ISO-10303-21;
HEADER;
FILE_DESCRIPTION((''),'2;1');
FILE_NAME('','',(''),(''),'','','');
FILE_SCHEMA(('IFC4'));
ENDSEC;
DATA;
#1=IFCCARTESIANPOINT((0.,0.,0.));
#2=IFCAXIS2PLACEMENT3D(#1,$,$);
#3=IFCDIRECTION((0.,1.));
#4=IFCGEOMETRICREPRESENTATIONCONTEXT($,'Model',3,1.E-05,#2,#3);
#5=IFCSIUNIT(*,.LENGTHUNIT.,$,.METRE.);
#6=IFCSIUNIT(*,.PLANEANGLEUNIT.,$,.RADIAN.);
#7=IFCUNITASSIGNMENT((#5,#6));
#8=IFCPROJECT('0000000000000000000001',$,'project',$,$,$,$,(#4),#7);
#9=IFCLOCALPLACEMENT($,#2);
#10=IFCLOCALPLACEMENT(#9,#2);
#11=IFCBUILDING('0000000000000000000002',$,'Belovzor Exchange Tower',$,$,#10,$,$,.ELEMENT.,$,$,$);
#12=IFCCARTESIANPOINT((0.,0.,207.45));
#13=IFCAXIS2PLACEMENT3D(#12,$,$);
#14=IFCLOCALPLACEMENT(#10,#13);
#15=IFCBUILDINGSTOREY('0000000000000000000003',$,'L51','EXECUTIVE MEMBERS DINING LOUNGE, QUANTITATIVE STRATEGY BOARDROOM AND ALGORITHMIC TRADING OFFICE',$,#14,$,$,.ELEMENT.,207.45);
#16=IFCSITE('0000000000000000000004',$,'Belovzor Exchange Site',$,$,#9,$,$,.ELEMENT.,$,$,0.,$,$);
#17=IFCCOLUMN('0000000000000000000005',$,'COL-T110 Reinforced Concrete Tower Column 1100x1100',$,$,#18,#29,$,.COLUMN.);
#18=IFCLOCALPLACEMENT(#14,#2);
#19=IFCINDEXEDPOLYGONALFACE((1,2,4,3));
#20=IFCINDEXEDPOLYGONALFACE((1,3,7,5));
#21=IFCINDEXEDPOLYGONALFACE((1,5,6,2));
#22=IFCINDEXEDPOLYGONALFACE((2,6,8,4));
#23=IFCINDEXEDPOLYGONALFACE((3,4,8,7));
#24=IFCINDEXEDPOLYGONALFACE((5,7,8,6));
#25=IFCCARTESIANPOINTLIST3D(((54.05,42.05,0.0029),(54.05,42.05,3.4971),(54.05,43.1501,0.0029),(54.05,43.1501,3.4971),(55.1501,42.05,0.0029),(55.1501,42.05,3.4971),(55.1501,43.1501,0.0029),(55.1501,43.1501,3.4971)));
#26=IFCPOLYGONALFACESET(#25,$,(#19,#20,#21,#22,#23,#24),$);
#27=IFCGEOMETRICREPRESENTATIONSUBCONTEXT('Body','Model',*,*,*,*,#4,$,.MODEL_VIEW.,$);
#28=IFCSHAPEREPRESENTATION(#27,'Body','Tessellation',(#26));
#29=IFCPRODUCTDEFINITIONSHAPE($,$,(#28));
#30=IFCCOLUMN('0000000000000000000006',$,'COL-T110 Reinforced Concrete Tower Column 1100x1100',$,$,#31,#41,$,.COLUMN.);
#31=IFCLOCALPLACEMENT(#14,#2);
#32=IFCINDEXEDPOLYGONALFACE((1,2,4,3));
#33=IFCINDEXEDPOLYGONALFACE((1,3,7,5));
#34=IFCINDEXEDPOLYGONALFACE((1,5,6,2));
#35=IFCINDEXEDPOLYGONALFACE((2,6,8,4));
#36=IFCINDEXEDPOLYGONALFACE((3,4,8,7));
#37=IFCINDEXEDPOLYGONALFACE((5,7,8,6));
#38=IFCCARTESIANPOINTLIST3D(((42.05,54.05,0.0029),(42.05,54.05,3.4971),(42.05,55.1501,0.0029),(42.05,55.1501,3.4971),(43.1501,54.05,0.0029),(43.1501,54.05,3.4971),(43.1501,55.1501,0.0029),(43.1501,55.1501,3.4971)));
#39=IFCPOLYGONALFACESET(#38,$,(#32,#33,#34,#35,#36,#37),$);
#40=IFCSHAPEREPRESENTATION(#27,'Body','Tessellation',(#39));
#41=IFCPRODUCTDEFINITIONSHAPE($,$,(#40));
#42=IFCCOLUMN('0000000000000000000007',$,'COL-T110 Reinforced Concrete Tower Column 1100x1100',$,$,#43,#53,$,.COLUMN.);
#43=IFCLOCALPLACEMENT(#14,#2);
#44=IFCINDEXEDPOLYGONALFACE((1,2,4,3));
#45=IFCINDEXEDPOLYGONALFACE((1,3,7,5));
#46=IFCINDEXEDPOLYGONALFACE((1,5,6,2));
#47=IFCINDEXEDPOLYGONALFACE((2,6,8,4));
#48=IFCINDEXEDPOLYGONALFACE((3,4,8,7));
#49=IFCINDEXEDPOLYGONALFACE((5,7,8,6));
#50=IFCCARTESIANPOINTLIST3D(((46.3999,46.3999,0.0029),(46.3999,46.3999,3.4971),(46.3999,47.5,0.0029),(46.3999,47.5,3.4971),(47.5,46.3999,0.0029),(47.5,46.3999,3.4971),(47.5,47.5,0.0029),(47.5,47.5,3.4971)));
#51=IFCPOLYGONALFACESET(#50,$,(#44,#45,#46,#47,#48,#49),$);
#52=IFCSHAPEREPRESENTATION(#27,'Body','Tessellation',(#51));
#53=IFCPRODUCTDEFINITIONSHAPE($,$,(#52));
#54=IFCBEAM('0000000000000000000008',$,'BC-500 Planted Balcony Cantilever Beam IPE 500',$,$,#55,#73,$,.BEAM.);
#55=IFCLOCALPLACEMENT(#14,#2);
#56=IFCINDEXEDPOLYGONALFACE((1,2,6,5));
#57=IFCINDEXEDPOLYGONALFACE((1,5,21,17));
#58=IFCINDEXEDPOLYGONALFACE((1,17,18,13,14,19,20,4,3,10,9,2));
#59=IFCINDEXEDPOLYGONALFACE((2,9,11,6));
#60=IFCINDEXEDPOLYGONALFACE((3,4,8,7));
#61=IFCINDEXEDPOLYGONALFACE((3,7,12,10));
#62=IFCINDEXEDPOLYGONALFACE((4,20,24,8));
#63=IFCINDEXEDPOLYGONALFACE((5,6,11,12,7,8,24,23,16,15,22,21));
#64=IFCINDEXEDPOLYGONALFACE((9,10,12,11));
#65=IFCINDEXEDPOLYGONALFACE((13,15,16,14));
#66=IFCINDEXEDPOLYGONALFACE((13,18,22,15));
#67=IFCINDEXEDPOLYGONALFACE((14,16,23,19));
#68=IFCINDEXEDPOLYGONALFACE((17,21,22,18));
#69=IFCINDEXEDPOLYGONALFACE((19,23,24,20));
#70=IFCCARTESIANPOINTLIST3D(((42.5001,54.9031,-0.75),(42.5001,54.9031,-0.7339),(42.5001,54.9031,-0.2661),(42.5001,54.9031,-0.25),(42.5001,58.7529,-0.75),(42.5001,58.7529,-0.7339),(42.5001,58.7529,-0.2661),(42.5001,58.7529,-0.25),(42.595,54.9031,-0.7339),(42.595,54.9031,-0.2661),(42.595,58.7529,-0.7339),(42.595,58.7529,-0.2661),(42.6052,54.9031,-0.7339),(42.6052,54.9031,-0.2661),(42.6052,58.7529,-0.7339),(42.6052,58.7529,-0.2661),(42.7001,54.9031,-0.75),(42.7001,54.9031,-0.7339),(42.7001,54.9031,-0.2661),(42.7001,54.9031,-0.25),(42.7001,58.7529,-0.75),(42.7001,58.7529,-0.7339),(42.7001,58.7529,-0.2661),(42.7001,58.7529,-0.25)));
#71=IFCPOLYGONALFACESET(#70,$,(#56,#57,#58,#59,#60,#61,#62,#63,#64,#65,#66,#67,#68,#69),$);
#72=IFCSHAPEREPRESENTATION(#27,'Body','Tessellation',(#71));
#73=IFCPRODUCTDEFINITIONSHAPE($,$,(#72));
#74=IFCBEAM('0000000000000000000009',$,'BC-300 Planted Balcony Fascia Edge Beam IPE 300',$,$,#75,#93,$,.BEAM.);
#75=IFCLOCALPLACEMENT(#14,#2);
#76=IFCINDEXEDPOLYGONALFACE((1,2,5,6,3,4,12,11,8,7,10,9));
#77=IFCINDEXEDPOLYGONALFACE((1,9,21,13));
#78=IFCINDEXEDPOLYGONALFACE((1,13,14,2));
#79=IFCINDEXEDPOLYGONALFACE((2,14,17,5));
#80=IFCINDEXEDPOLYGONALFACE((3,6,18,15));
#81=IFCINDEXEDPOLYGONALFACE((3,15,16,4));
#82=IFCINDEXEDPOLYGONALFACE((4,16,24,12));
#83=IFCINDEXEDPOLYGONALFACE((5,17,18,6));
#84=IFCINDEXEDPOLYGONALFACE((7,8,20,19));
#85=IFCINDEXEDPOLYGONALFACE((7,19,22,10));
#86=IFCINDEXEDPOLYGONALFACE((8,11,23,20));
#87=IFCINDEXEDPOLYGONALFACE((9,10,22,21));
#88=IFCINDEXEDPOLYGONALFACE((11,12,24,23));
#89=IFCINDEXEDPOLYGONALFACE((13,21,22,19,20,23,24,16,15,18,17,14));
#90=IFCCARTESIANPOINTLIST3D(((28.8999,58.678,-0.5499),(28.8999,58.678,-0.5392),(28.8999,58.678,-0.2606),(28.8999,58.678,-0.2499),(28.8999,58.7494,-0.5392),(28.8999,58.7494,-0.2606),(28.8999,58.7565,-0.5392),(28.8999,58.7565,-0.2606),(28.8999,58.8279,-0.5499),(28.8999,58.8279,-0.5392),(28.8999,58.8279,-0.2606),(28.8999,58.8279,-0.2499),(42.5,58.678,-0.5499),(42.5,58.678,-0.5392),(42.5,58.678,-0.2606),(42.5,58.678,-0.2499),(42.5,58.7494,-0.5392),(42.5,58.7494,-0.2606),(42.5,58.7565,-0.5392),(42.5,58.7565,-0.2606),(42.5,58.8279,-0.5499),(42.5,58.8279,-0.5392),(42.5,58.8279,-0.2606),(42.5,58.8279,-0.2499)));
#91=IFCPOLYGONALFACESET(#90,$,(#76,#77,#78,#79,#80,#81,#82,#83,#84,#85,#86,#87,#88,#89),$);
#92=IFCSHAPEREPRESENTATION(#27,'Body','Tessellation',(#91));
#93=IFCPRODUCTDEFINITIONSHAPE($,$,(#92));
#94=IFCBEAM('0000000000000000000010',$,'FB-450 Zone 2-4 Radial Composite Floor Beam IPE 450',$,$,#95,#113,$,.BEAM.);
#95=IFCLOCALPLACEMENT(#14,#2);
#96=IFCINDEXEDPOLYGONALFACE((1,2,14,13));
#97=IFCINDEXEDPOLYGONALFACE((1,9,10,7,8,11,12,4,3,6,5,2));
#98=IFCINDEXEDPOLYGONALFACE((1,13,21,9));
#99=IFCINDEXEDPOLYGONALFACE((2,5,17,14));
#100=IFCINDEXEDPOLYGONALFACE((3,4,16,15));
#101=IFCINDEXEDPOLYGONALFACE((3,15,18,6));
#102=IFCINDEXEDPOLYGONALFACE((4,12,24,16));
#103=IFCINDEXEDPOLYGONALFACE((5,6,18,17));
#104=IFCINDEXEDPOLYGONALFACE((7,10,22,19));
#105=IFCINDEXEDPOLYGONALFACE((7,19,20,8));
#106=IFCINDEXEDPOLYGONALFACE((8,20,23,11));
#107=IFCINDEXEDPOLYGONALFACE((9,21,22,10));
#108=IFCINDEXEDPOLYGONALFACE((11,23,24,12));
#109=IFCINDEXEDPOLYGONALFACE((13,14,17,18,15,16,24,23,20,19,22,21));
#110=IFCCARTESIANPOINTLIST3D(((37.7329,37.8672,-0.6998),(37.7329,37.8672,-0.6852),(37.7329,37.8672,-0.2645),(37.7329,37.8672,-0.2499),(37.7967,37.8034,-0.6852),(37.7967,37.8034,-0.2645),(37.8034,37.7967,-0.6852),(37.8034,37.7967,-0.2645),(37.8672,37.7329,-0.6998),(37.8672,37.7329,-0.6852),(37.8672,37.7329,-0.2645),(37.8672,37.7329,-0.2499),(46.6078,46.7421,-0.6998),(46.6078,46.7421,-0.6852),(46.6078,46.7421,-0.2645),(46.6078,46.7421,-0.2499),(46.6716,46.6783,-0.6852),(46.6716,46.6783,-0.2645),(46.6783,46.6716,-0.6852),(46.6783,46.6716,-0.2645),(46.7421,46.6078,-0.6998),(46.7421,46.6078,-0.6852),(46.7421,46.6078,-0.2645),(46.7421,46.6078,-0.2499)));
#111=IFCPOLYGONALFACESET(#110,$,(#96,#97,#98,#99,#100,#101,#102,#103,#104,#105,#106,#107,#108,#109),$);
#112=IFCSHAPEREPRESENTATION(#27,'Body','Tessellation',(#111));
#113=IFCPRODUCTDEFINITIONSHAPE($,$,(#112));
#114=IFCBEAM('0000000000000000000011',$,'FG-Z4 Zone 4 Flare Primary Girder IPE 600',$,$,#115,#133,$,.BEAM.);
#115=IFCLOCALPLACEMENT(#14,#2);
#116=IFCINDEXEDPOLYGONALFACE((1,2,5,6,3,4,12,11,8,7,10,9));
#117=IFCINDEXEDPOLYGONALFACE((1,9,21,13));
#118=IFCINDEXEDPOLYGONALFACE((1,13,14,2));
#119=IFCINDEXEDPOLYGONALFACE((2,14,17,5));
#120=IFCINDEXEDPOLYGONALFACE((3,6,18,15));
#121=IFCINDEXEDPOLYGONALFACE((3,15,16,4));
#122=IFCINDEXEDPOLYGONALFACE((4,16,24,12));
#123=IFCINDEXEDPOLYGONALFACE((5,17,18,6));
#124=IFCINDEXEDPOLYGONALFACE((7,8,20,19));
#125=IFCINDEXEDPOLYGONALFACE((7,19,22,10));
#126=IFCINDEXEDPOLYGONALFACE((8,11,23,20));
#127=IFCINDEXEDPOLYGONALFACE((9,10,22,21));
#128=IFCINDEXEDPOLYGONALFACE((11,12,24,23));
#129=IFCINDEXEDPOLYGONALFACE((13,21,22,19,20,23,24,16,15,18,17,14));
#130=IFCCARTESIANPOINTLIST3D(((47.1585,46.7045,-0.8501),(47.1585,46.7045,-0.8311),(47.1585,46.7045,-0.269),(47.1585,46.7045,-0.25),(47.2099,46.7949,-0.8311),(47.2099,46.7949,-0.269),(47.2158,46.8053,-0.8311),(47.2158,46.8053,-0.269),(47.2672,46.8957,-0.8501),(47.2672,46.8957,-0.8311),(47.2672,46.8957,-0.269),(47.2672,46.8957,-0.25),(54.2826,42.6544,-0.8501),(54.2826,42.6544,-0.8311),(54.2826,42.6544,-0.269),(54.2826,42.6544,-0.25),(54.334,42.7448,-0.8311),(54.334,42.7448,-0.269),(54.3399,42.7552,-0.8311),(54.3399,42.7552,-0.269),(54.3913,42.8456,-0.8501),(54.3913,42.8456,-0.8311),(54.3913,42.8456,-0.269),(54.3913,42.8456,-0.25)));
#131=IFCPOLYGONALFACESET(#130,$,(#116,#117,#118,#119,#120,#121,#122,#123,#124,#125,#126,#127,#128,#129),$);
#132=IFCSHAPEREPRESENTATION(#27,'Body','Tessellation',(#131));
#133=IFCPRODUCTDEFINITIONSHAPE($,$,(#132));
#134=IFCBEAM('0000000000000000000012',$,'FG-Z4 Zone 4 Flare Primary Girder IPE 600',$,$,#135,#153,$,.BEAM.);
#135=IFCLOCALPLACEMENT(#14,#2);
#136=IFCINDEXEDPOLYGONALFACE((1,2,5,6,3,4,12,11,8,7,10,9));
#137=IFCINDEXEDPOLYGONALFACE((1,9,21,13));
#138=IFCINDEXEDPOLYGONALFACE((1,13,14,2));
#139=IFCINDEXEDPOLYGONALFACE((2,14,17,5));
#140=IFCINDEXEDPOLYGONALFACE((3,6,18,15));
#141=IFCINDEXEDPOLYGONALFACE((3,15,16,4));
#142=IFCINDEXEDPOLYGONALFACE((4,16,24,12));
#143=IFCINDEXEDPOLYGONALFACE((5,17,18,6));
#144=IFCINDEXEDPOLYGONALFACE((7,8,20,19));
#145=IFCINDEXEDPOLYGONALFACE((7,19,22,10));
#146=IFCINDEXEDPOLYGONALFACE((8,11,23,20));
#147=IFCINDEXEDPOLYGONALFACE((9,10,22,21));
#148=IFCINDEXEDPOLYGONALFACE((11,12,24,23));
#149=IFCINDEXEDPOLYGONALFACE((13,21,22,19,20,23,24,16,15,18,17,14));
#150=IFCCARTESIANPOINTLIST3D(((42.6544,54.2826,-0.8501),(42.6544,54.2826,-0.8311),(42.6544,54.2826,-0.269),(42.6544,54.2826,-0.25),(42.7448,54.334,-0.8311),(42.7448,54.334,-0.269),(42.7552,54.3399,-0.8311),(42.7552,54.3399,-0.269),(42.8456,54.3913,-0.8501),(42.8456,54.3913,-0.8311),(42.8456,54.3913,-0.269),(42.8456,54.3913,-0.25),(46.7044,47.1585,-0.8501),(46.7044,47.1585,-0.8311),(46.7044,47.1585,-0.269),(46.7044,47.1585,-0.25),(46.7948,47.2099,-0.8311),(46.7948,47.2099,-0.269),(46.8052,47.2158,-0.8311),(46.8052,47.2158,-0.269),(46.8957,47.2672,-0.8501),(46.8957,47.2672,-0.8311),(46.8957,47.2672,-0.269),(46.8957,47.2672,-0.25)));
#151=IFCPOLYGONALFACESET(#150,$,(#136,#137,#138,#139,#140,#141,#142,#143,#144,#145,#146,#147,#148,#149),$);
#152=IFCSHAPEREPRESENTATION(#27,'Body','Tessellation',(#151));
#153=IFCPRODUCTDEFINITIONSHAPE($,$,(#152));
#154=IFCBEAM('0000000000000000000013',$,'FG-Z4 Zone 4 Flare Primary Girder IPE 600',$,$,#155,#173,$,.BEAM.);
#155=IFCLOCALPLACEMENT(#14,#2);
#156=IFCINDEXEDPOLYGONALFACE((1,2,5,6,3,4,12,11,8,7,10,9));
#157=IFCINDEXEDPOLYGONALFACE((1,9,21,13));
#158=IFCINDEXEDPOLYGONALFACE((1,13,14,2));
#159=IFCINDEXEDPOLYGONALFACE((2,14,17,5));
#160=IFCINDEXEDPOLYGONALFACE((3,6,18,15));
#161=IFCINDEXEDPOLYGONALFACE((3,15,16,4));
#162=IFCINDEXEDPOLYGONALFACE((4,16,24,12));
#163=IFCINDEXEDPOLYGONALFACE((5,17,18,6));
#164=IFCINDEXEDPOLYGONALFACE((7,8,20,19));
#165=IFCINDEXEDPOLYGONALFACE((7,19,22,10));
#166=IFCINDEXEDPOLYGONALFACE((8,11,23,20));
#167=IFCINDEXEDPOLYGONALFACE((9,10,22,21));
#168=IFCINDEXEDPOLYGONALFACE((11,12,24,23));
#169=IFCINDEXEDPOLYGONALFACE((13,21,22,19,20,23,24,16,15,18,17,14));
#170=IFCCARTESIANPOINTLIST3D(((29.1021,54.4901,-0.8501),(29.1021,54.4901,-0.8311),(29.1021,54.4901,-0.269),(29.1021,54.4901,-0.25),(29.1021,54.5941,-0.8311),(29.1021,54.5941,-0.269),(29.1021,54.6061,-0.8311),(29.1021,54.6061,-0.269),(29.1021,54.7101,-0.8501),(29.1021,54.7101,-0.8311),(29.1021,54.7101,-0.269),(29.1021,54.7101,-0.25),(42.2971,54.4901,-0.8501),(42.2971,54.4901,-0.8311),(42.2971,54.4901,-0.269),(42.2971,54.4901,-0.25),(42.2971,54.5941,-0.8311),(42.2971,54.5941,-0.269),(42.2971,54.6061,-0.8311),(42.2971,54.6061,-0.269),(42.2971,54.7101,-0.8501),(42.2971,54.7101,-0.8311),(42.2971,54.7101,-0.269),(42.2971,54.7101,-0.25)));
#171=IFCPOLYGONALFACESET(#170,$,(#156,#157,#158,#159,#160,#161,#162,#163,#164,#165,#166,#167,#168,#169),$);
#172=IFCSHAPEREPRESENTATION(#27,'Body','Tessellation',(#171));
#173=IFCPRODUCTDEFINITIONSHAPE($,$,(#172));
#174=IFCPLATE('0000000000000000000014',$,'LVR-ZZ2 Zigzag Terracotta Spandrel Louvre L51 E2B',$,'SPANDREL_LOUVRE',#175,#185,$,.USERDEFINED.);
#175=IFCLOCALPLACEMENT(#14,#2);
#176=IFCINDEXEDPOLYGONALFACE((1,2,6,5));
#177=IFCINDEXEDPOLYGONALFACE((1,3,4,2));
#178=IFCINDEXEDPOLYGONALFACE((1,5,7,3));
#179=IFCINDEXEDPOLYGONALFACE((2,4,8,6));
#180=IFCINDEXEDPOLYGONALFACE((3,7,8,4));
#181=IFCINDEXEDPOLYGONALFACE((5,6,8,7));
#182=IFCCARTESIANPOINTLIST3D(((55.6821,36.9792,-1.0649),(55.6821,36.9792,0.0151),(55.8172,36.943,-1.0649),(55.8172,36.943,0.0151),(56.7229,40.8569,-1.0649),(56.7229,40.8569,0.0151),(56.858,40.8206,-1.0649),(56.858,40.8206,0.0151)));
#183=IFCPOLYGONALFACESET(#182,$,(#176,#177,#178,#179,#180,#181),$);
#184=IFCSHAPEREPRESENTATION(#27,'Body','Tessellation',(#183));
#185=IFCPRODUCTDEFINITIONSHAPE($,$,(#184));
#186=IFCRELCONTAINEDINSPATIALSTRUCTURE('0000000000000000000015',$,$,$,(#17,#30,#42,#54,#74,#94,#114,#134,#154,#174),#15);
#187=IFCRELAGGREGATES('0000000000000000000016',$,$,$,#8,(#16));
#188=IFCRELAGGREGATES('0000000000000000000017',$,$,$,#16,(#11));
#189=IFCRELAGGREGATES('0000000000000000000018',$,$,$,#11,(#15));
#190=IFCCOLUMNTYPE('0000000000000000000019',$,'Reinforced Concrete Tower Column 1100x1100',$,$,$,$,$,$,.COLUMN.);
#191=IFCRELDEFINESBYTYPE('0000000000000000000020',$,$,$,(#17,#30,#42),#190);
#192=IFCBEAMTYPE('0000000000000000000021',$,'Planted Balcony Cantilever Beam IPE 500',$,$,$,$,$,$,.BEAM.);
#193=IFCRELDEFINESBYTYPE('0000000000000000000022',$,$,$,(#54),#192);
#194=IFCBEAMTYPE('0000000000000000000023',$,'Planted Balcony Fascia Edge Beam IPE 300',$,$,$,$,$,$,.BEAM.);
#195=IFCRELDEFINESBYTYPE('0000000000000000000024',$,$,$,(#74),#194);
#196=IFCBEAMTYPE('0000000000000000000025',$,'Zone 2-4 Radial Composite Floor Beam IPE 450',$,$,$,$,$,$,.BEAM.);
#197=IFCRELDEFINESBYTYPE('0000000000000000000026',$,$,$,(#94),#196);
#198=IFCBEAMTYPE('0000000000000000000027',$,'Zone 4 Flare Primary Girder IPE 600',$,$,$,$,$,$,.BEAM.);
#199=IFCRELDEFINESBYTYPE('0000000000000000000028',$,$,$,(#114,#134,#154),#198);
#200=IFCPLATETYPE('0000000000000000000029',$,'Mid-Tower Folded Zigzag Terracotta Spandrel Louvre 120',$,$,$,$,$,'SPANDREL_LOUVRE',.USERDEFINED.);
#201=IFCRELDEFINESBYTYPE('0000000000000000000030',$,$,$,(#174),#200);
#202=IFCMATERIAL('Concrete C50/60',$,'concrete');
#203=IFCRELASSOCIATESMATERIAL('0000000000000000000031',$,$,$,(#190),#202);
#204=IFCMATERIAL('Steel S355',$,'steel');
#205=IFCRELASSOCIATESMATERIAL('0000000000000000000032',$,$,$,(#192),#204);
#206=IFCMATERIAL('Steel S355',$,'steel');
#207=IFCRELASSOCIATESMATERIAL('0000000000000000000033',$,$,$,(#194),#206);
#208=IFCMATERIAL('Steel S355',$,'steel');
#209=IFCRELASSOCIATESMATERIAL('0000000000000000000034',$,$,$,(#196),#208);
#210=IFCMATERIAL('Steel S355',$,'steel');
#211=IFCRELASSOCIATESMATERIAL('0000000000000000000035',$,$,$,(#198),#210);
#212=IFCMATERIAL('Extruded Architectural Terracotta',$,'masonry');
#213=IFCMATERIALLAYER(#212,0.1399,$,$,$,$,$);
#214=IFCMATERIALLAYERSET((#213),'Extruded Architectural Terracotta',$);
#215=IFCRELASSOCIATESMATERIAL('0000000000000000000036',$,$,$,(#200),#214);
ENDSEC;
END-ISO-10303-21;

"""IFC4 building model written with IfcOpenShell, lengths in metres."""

from ifc_helpers import new_model, si_unit, direction, frame, origin, origin_2d, place, context, subcontext, project, spatial, rectangle, i_section, extrude, material, layer, layer_set, material_profile, profile_set, type_object, element, save


model = new_model("IFC4")

# Units and contexts
model_context = context("Model", 3, precision=1e-05, world=origin(), true_north=direction((0.0, 1.0)))
body_context = subcontext(model_context, "Body", "Model", "MODEL_VIEW")
ifc_project = project(units=[si_unit("LENGTHUNIT", "METRE"), si_unit("PLANEANGLEUNIT", "RADIAN")], contexts=[model_context])

# Site, building, storey
site_placement = place(None, origin())
site = spatial("IfcSite", under=ifc_project, at=site_placement, Name="Belovzor Exchange Site", CompositionType="ELEMENT", RefElevation=0.0)
building_placement = place(site_placement, origin())
building = spatial("IfcBuilding", under=site, at=building_placement, Name="Belovzor Exchange Tower", CompositionType="ELEMENT")
storey_placement = place(building_placement, frame((0.0, 0.0, 207.45)))
storey = spatial("IfcBuildingStorey", under=building, at=storey_placement, Name="L51", Description="EXECUTIVE MEMBERS DINING LOUNGE, QUANTITATIVE STRATEGY BOARDROOM AND ALGORITHMIC TRADING OFFICE", CompositionType="ELEMENT", Elevation=207.45)

# Columns
ifc_material_1 = material(Name="Concrete C50/60", Category="concrete")
ifc_material_profile_1 = material_profile(ifc_material_1, rectangle(XDim=1.1001, YDim=1.1001, at=origin_2d()))
ifc_profile_set_1 = profile_set([ifc_material_profile_1], Name="Concrete C50/60")
column_type = type_object("IfcColumnType", Name="Reinforced Concrete Tower Column 1100x1100", PredefinedType="COLUMN", material=ifc_profile_set_1)
for number, where, z_axis, x_axis, name in (
    (1, (54.6001, 42.6001, 0.0029), (0.0, 0.0, 1.0), (1.0, 0.0, 0.0), "COL-T110 Reinforced Concrete Tower Column 1100x1100"),
    (2, (42.6001, 54.6001, 0.0029), (0.0, 0.0, 1.0), (1.0, 0.0, 0.0), "COL-T110 Reinforced Concrete Tower Column 1100x1100"),
    (3, (46.95, 46.95, 0.0029), (0.0, 0.0, 1.0), (1.0, 0.0, 0.0), "COL-T110 Reinforced Concrete Tower Column 1100x1100"),
):
    element("IfcColumn", number, at=place(storey_placement, frame(where, z_axis=z_axis, x_axis=x_axis)), inside=storey, type_object=column_type, Name=name, PredefinedType="COLUMN", context=body_context, shape_type="SweptSolid", body=[
        extrude(rectangle(XDim=1.1001, YDim=1.1001, at=origin_2d()), origin(), (0.0, 0.0, 1.0), 3.4941),
    ])

# Beams
ifc_material_2 = material(Name="Steel S355", Category="steel")
ifc_material_profile_2 = material_profile(ifc_material_2, i_section(OverallWidth=0.2, OverallDepth=0.5, WebThickness=0.0103, FlangeThickness=0.0161, at=origin_2d()))
ifc_profile_set_2 = profile_set([ifc_material_profile_2], Name="Steel S355")
beam_type_1 = type_object("IfcBeamType", Name="Planted Balcony Cantilever Beam IPE 500", PredefinedType="BEAM", material=ifc_profile_set_2)
beam_1_placement = place(storey_placement, frame((42.6001, 54.9031, -0.5), z_axis=(0.0, 1.0, 0.0), x_axis=(-1.0, 0.0, 0.0)))
element("IfcBeam", 4, at=beam_1_placement, inside=storey, type_object=beam_type_1, Name="BC-500 Planted Balcony Cantilever Beam IPE 500", PredefinedType="BEAM", context=body_context, shape_type="SweptSolid", body=[
    extrude(i_section(OverallWidth=0.2, OverallDepth=0.5, WebThickness=0.0103, FlangeThickness=0.0161, at=origin_2d()), origin(), (0.0, 0.0, 1.0), 3.8499),
])
ifc_material_3 = material(Name="Steel S355", Category="steel")
ifc_material_profile_3 = material_profile(ifc_material_3, i_section(OverallWidth=0.1499, OverallDepth=0.3, WebThickness=0.0071, FlangeThickness=0.0107, at=origin_2d()))
ifc_profile_set_3 = profile_set([ifc_material_profile_3], Name="Steel S355")
beam_type_2 = type_object("IfcBeamType", Name="Planted Balcony Fascia Edge Beam IPE 300", PredefinedType="BEAM", material=ifc_profile_set_3)
beam_2_placement = place(storey_placement, frame((42.5, 58.7529, -0.3999), z_axis=(-1.0, 0.0, 0.0), x_axis=(0.0, -1.0, 0.0)))
element("IfcBeam", 5, at=beam_2_placement, inside=storey, type_object=beam_type_2, Name="BC-300 Planted Balcony Fascia Edge Beam IPE 300", PredefinedType="BEAM", context=body_context, shape_type="SweptSolid", body=[
    extrude(i_section(OverallWidth=0.1499, OverallDepth=0.3, WebThickness=0.0071, FlangeThickness=0.0107, at=origin_2d()), origin(), (0.0, 0.0, 1.0), 13.6001),
])
ifc_material_4 = material(Name="Steel S355", Category="steel")
ifc_material_profile_4 = material_profile(ifc_material_4, i_section(OverallWidth=0.1899, OverallDepth=0.45, WebThickness=0.0095, FlangeThickness=0.0146, at=origin_2d()))
ifc_profile_set_4 = profile_set([ifc_material_profile_4], Name="Steel S355")
beam_type_3 = type_object("IfcBeamType", Name="Zone 2-4 Radial Composite Floor Beam IPE 450", PredefinedType="BEAM", material=ifc_profile_set_4)
beam_3_placement = place(storey_placement, frame((37.8, 37.8, -0.4749), z_axis=(0.707107, 0.707107, 0.0), x_axis=(-0.707107, 0.707107, 0.0)))
element("IfcBeam", 6, at=beam_3_placement, inside=storey, type_object=beam_type_3, Name="FB-450 Zone 2-4 Radial Composite Floor Beam IPE 450", PredefinedType="BEAM", context=body_context, shape_type="SweptSolid", body=[
    extrude(i_section(OverallWidth=0.1899, OverallDepth=0.45, WebThickness=0.0095, FlangeThickness=0.0146, at=origin_2d()), origin(), (0.0, 0.0, 1.0), 12.551),
])
ifc_material_5 = material(Name="Steel S355", Category="steel")
ifc_material_profile_5 = material_profile(ifc_material_5, i_section(OverallWidth=0.22, OverallDepth=0.6001, WebThickness=0.012, FlangeThickness=0.019, at=origin_2d()))
ifc_profile_set_5 = profile_set([ifc_material_profile_5], Name="Steel S355")
beam_type_4 = type_object("IfcBeamType", Name="Zone 4 Flare Primary Girder IPE 600", PredefinedType="BEAM", material=ifc_profile_set_5)
for number, where, z_axis, x_axis, name in (
    (7, (54.3369, 42.75, -0.55), (-0.869336, 0.494222, 0.0), (-0.494222, -0.869336, 0.0), "FG-Z4 Zone 4 Flare Primary Girder IPE 600"),
    (8, (46.8, 47.2129, -0.55), (-0.494222, 0.869336, 0.0), (-0.869336, -0.494222, 0.0), "FG-Z4 Zone 4 Flare Primary Girder IPE 600"),
):
    element("IfcBeam", number, at=place(storey_placement, frame(where, z_axis=z_axis, x_axis=x_axis)), inside=storey, type_object=beam_type_4, Name=name, PredefinedType="BEAM", context=body_context, shape_type="SweptSolid", body=[
        extrude(i_section(OverallWidth=0.22, OverallDepth=0.6001, WebThickness=0.012, FlangeThickness=0.019, at=origin_2d()), origin(), (0.0, 0.0, 1.0), 8.1948),
    ])
beam_4_placement = place(storey_placement, frame((42.2971, 54.6001, -0.55), z_axis=(-1.0, 0.0, 0.0), x_axis=(0.0, -1.0, 0.0)))
element("IfcBeam", 9, at=beam_4_placement, inside=storey, type_object=beam_type_4, Name="FG-Z4 Zone 4 Flare Primary Girder IPE 600", PredefinedType="BEAM", context=body_context, shape_type="SweptSolid", body=[
    extrude(i_section(OverallWidth=0.22, OverallDepth=0.6001, WebThickness=0.012, FlangeThickness=0.019, at=origin_2d()), origin(), (0.0, 0.0, 1.0), 13.1951),
])

# Plate
ifc_material_6 = material(Name="Extruded Architectural Terracotta", Category="masonry")
ifc_layer_1 = layer(ifc_material_6, 0.1399)
ifc_layer_set_1 = layer_set([ifc_layer_1], Name="Extruded Architectural Terracotta")
plate_type = type_object("IfcPlateType", Name="Mid-Tower Folded Zigzag Terracotta Spandrel Louvre 120", ElementType="SPANDREL_LOUVRE", PredefinedType="USERDEFINED", material=ifc_layer_set_1)
plate_placement = place(storey_placement, frame((56.27, 38.8999, -1.0649), z_axis=(0.0, 0.0, 1.0), x_axis=(0.25924, 0.965813, 0.0)))
element("IfcPlate", 10, at=plate_placement, inside=storey, type_object=plate_type, Name="LVR-ZZ2 Zigzag Terracotta Spandrel Louvre L51 E2B", ObjectType="SPANDREL_LOUVRE", PredefinedType="USERDEFINED", context=body_context, shape_type="SweptSolid", body=[
    extrude(rectangle(XDim=4.0149, YDim=0.1399, at=origin_2d()), origin(), (0.0, 0.0, 1.0), 1.0801),
])

save(model, "model.ifc")
